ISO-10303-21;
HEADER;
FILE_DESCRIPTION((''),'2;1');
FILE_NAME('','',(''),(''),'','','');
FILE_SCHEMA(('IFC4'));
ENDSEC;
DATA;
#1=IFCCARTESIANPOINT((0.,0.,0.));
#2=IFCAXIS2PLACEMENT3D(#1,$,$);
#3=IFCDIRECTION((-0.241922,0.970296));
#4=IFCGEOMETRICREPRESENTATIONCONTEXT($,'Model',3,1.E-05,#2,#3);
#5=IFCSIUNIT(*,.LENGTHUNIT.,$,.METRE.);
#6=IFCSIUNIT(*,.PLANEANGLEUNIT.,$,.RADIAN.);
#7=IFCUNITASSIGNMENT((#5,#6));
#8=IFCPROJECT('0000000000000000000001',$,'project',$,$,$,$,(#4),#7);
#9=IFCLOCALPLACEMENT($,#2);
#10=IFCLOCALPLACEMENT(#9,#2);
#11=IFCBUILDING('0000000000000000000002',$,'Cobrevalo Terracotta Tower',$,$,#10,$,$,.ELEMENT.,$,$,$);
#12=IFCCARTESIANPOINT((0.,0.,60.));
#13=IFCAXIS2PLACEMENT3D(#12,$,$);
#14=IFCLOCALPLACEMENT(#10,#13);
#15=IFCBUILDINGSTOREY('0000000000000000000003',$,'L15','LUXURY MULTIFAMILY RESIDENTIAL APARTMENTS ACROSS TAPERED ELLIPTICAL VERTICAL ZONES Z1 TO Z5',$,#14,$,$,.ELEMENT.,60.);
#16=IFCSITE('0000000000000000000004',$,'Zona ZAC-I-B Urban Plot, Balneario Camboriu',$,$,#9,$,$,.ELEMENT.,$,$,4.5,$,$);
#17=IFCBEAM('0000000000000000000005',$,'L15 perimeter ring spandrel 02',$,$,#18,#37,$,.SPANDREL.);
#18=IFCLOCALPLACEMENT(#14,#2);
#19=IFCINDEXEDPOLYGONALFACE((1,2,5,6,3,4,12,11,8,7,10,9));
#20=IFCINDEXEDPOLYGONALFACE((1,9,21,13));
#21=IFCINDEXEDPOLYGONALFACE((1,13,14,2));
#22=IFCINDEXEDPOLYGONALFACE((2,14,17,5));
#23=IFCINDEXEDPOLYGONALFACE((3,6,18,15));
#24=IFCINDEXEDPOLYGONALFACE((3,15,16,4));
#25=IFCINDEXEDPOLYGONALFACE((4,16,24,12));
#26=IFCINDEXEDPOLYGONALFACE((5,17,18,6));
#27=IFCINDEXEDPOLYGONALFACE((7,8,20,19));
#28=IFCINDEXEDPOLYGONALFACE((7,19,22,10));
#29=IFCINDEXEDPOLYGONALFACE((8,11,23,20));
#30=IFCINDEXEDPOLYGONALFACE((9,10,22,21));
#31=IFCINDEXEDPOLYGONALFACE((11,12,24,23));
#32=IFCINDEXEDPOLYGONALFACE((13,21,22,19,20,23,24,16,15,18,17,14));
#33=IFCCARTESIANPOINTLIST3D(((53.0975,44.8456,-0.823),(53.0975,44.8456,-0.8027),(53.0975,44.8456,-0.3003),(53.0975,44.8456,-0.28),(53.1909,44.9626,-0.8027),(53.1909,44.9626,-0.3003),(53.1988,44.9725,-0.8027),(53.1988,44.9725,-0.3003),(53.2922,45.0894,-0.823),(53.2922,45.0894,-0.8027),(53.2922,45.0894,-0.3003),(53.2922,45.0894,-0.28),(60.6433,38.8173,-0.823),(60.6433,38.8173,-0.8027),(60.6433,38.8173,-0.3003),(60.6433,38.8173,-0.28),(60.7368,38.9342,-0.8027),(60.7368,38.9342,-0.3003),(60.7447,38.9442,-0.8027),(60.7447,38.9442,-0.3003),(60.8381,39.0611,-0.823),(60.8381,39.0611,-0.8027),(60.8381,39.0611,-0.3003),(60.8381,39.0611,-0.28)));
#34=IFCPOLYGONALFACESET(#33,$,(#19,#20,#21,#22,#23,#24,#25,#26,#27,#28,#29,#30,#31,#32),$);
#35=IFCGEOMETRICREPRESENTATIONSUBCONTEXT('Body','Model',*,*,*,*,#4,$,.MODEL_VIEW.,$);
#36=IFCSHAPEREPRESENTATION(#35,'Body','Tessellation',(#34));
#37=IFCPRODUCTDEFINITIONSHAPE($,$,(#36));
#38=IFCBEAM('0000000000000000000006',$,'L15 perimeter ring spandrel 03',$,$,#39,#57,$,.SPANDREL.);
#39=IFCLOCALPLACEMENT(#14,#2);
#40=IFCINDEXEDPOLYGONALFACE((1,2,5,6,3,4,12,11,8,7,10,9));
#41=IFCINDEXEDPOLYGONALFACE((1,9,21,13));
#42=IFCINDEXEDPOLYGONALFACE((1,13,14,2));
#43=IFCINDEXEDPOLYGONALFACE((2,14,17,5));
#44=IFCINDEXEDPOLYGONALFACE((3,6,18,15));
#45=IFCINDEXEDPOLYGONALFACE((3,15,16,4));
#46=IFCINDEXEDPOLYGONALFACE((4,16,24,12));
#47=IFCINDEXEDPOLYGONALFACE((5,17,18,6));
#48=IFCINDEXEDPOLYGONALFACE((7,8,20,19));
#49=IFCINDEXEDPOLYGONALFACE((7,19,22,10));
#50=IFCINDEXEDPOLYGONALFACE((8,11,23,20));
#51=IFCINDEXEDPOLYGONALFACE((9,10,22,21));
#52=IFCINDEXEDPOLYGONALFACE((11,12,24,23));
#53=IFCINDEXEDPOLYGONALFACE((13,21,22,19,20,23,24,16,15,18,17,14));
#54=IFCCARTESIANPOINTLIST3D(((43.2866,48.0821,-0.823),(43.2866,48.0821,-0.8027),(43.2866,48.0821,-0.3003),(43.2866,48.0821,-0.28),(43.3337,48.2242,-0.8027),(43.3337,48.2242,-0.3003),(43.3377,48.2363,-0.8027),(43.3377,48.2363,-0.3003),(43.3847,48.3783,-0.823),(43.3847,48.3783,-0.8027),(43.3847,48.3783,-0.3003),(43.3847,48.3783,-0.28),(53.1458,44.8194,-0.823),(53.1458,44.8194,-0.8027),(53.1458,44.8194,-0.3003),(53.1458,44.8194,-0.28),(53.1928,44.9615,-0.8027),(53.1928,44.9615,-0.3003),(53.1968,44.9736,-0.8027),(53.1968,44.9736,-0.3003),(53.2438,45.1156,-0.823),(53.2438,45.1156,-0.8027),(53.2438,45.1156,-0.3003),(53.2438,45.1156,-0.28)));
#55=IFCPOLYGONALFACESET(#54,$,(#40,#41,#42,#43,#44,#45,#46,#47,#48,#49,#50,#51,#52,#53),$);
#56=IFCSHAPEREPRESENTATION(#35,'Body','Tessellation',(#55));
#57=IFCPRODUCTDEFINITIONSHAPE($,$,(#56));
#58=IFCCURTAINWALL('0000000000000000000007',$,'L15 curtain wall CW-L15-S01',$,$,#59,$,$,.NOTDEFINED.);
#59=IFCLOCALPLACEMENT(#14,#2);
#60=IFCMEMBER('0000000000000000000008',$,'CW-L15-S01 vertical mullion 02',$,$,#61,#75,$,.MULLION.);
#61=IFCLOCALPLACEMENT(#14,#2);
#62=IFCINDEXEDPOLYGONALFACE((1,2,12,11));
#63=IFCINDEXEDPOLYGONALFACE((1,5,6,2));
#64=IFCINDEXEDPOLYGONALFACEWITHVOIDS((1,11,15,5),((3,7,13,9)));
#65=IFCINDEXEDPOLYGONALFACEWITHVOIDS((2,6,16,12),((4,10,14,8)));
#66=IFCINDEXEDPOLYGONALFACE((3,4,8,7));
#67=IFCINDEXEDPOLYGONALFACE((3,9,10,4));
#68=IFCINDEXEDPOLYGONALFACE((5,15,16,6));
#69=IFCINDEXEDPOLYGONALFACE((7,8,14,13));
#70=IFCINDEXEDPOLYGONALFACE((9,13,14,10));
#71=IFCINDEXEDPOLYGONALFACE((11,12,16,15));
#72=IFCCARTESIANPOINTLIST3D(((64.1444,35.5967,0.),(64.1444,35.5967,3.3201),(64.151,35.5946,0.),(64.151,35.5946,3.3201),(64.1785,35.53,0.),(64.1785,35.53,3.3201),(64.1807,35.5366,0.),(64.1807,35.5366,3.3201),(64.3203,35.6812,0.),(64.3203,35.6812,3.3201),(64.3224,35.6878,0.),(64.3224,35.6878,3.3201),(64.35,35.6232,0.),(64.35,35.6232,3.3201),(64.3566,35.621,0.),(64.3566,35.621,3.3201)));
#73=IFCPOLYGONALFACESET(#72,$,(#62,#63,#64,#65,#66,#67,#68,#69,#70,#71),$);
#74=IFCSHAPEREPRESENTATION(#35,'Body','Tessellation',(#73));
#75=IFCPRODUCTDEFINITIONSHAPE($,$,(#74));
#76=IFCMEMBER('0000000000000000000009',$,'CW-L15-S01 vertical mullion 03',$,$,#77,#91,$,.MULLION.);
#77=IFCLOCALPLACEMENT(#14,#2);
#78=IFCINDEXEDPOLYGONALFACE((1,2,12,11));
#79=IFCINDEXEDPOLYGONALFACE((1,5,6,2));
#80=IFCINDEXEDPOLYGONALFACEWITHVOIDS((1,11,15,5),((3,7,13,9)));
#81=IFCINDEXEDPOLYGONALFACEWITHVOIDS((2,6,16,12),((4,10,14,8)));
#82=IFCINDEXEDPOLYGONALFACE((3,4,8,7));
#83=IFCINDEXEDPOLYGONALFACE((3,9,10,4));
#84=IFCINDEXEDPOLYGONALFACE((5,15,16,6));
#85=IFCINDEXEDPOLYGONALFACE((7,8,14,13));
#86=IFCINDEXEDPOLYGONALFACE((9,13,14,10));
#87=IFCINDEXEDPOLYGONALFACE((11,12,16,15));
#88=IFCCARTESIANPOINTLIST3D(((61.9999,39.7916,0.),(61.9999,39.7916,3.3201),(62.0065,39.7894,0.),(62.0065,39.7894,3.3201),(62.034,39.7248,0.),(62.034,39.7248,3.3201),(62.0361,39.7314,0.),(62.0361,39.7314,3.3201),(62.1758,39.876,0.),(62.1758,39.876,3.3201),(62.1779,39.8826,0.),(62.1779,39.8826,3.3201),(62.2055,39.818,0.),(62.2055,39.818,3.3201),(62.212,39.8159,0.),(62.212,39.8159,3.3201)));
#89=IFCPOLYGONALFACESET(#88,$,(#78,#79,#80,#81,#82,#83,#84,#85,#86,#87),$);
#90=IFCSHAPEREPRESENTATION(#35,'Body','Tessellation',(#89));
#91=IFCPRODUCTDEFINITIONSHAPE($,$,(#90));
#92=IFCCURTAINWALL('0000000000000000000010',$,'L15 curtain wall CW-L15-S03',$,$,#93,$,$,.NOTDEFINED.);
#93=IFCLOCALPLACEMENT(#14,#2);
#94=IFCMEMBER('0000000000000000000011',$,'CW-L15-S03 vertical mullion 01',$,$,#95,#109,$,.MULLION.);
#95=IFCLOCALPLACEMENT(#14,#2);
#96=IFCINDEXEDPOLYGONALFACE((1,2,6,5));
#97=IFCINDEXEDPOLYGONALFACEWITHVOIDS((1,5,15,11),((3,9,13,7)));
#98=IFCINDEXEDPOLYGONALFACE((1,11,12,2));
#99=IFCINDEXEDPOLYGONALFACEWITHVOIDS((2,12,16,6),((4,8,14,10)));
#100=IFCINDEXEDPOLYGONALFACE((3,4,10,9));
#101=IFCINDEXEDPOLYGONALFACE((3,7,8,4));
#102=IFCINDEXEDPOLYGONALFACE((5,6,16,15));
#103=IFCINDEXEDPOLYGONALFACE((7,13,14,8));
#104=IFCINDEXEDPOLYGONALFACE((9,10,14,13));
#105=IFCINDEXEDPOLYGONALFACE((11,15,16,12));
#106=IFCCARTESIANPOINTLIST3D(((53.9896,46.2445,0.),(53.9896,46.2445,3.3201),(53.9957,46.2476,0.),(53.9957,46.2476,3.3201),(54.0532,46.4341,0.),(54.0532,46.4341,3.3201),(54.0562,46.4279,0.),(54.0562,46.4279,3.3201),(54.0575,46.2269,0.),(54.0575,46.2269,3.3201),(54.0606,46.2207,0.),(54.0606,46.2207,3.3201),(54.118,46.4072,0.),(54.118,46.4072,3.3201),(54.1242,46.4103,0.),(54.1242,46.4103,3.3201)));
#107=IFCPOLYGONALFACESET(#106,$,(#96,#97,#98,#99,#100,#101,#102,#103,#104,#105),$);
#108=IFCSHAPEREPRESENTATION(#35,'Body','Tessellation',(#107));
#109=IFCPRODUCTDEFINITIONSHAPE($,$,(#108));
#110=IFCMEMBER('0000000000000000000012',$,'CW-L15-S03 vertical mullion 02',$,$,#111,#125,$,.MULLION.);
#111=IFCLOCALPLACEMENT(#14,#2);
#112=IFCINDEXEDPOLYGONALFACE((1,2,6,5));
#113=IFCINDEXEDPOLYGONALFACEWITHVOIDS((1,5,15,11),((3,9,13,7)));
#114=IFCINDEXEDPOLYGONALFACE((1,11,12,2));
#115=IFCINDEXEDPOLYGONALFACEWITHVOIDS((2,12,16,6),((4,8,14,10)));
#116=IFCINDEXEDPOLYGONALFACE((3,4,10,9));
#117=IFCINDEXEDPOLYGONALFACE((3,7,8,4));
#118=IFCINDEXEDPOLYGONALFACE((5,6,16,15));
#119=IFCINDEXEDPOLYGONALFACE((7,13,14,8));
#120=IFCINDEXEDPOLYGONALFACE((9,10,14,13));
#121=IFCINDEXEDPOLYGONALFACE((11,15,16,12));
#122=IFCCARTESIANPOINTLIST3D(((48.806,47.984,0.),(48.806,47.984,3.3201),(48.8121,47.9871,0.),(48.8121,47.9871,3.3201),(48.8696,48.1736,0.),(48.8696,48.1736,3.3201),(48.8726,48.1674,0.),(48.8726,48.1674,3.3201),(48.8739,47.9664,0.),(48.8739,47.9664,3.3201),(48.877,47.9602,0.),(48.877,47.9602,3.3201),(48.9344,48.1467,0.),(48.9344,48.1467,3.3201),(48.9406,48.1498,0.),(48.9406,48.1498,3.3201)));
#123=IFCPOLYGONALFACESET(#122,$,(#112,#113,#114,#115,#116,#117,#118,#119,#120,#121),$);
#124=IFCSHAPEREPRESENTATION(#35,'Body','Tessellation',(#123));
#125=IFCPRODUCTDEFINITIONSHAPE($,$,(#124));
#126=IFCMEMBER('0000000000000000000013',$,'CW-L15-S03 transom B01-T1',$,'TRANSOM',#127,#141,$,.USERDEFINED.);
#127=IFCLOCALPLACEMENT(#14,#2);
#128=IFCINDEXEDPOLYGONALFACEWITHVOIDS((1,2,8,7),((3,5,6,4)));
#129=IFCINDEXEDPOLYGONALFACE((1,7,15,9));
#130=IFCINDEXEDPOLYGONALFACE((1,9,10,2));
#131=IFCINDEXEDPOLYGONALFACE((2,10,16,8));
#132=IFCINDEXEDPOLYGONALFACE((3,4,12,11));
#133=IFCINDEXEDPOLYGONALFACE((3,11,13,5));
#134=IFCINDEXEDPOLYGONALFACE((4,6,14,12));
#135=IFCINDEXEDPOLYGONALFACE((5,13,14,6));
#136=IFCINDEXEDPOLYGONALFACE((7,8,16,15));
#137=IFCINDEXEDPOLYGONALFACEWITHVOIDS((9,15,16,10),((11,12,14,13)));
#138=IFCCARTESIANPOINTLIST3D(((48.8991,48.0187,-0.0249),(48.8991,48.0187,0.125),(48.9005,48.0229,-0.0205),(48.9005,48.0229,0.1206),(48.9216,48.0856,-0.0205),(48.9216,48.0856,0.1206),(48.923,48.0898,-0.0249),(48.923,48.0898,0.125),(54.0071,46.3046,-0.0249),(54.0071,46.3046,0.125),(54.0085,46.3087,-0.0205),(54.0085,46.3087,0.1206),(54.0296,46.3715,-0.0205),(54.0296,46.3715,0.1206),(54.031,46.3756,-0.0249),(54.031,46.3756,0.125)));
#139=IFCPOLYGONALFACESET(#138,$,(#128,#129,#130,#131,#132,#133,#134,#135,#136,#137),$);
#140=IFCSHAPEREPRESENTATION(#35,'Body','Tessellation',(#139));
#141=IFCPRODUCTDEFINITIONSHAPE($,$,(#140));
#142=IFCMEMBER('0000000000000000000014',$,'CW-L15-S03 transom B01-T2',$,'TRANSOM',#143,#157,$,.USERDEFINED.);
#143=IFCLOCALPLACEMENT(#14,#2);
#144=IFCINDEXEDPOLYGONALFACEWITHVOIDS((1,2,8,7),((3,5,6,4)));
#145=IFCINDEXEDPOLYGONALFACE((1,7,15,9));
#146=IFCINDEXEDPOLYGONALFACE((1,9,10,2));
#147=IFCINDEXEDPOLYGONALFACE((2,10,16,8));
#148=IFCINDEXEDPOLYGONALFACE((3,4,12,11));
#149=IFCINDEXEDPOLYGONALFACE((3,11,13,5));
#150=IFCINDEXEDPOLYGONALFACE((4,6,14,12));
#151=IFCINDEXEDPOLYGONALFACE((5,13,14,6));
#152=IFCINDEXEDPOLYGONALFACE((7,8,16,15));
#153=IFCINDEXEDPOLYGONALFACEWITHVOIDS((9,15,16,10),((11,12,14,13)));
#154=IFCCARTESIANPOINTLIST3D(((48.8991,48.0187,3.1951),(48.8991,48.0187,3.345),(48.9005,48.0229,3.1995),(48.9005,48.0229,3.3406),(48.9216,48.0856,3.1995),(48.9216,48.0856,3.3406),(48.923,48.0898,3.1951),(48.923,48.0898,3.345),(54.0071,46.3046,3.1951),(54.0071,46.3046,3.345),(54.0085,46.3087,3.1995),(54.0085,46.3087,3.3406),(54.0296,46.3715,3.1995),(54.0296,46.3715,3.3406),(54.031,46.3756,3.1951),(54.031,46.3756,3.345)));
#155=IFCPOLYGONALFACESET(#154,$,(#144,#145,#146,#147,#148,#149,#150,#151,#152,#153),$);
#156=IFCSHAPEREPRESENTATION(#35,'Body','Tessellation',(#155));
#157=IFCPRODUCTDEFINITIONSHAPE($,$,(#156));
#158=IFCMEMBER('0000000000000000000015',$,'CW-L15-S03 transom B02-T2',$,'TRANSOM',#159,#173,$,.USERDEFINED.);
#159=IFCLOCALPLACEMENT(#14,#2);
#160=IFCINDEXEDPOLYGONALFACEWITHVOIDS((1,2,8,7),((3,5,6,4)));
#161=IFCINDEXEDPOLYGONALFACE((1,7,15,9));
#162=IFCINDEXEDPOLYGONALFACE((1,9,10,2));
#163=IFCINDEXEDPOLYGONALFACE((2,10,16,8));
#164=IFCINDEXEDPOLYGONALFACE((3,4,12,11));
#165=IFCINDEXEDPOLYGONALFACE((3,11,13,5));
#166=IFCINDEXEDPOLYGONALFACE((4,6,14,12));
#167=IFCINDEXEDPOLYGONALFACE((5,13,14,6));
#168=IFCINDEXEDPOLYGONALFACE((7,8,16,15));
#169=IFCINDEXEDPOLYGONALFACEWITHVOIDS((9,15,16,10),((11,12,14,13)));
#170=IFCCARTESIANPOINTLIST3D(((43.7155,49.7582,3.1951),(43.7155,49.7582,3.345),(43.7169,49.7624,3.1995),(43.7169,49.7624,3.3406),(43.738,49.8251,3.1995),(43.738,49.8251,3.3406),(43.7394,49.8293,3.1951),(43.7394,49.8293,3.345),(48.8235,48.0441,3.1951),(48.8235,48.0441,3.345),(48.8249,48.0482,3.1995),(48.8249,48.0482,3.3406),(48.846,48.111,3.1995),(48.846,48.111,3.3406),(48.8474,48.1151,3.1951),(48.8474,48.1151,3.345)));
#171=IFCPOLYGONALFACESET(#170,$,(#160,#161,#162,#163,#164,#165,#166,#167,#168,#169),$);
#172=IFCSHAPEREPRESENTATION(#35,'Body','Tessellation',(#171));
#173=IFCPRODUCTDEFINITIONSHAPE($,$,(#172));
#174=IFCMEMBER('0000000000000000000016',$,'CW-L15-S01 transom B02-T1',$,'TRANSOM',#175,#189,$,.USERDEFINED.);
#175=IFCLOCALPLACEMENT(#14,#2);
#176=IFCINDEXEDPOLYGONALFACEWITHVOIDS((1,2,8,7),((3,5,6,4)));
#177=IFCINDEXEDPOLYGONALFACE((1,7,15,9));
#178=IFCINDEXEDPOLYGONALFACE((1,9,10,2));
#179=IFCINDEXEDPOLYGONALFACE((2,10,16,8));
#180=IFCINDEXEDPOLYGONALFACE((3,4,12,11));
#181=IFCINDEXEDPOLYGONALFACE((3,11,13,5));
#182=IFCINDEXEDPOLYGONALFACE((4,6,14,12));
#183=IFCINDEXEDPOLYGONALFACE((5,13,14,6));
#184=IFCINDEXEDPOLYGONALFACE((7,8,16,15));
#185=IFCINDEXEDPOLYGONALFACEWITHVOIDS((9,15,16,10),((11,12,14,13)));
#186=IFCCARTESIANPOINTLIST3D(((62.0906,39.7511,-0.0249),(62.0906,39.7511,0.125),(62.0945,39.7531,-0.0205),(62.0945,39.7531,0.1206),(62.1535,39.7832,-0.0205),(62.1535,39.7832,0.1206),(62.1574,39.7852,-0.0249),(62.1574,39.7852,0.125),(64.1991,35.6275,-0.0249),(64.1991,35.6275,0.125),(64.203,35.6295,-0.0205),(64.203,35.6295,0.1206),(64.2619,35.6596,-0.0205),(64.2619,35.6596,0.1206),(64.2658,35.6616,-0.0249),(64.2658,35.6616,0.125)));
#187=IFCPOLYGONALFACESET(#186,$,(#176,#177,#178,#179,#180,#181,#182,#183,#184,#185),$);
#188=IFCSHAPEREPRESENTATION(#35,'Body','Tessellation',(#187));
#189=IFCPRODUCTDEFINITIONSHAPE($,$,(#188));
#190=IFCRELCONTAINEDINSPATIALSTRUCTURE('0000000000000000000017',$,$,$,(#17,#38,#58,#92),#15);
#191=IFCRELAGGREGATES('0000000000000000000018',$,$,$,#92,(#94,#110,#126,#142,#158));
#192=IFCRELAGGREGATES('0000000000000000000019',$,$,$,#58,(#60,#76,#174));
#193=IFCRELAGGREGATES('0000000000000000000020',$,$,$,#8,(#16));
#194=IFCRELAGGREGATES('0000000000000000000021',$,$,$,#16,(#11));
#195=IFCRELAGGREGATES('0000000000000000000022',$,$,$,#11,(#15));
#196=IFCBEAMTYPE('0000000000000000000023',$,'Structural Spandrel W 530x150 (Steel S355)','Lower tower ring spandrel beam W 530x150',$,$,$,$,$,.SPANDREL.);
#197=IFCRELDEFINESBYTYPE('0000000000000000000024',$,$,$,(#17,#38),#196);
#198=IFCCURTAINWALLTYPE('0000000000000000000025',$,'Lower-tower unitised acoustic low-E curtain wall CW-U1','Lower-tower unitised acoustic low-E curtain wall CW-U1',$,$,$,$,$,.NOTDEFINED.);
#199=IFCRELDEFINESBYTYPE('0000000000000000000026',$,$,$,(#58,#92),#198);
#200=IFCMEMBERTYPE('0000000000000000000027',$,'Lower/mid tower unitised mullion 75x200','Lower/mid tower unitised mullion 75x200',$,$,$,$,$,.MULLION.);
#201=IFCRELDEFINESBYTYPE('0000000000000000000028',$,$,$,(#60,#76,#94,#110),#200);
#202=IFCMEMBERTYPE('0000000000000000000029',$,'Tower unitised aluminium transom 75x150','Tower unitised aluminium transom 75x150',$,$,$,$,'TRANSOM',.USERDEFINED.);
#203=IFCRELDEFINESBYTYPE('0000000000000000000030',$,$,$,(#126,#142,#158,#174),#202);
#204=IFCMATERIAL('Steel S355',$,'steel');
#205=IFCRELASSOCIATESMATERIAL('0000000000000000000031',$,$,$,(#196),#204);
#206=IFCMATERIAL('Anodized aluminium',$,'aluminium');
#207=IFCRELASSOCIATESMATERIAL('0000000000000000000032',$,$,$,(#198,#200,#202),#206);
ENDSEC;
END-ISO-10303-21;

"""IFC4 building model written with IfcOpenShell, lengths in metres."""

from ifc_helpers import new_model, si_unit, direction, frame, origin, origin_2d, place, context, subcontext, project, spatial, hollow_rectangle, i_section, extrude, source, transform, mapped, material, material_profile, profile_set, type_object, element, aggregate, save


model = new_model("IFC4")

# Units and contexts
model_context = context("Model", 3, precision=1e-05, world=origin(), true_north=direction((-0.241922, 0.970296)))
body_context = subcontext(model_context, "Body", "Model", "MODEL_VIEW")
ifc_project = project(units=[si_unit("LENGTHUNIT", "METRE"), si_unit("PLANEANGLEUNIT", "RADIAN")], contexts=[model_context])

# Site, building, storey
site_placement = place(None, origin())
site = spatial("IfcSite", under=ifc_project, at=site_placement, Name="Zona ZAC-I-B Urban Plot, Balneario Camboriu", CompositionType="ELEMENT", RefElevation=4.5)
building_placement = place(site_placement, origin())
building = spatial("IfcBuilding", under=site, at=building_placement, Name="Cobrevalo Terracotta Tower", CompositionType="ELEMENT")
storey_placement = place(building_placement, frame((0.0, 0.0, 60.0)))
storey = spatial("IfcBuildingStorey", under=building, at=storey_placement, Name="L15", Description="LUXURY MULTIFAMILY RESIDENTIAL APARTMENTS ACROSS TAPERED ELLIPTICAL VERTICAL ZONES Z1 TO Z5", CompositionType="ELEMENT", Elevation=60.0)

# Shared definitions
ifc_material_1 = material(Name="Steel S355", Category="steel")

# Beams
ifc_material_profile_1 = material_profile(ifc_material_1, i_section(OverallWidth=0.312, OverallDepth=0.543, WebThickness=0.0127, FlangeThickness=0.0203, at=origin_2d()), Name="W 530x150")
ifc_profile_set_1 = profile_set([ifc_material_profile_1], Name="Steel S355")
beam_type_1 = type_object("IfcBeamType", Name="Structural Spandrel W 530x150 (Steel S355)", Description="Lower tower ring spandrel beam W 530x150", PredefinedType="SPANDREL", material=ifc_profile_set_1)
beam_1_placement = place(storey_placement, frame((60.7407, 38.9392, -0.5515), z_axis=(-0.781293, 0.624165, 0.0), x_axis=(-0.624165, -0.781293, 0.0)))
element("IfcBeam", 1, at=beam_1_placement, inside=storey, type_object=beam_type_1, Name="L15 perimeter ring spandrel 02", PredefinedType="SPANDREL", context=body_context, shape_type="SweptSolid", body=[
    extrude(i_section(OverallWidth=0.312, OverallDepth=0.543, WebThickness=0.0127, FlangeThickness=0.0203, at=origin_2d()), origin(), (0.0, 0.0, 1.0), 9.6582),
])
beam_2_placement = place(storey_placement, frame((53.1948, 44.9675, -0.5515), z_axis=(-0.949365, 0.314175, 0.0), x_axis=(-0.314175, -0.949365, 0.0)))
element("IfcBeam", 2, at=beam_2_placement, inside=storey, type_object=beam_type_1, Name="L15 perimeter ring spandrel 03", PredefinedType="SPANDREL", context=body_context, shape_type="SweptSolid", body=[
    extrude(i_section(OverallWidth=0.312, OverallDepth=0.543, WebThickness=0.0127, FlangeThickness=0.0203, at=origin_2d()), origin(), (0.0, 0.0, 1.0), 10.385),
])

# Curtain walls, members
ifc_material_2 = material(Name="Anodized aluminium", Category="aluminium")
curtain_wall_type = type_object("IfcCurtainWallType", Name="Lower-tower unitised acoustic low-E curtain wall CW-U1", Description="Lower-tower unitised acoustic low-E curtain wall CW-U1", PredefinedType="NOTDEFINED", material=ifc_material_2)
curtain_wall_1_placement = place(storey_placement, origin())
curtain_wall_1 = element("IfcCurtainWall", 3, at=curtain_wall_1_placement, inside=storey, type_object=curtain_wall_type, Name="L15 curtain wall CW-L15-S01", PredefinedType="NOTDEFINED")
ifc_material_profile_2 = material_profile(ifc_material_2, hollow_rectangle(XDim=0.075, YDim=0.2, WallThickness=0.0049, at=origin_2d()), Name="CWM 75x200")
ifc_profile_set_2 = profile_set([ifc_material_profile_2], Name="Anodized aluminium")
member_type_1 = type_object("IfcMemberType", Name="Lower/mid tower unitised mullion 75x200", Description="Lower/mid tower unitised mullion 75x200", PredefinedType="MULLION", material=ifc_profile_set_2)
shared_shape_1 = source(origin(), body_context, "Body", "SweptSolid", [
    extrude(hollow_rectangle(XDim=0.075, YDim=0.2, WallThickness=0.0049, at=origin_2d()), origin(), (0.0, 0.0, 1.0), 3.3201),
])
member_1_placement = place(storey_placement, frame((64.2505, 35.6089, 0.0), z_axis=(0.0, 0.0, 1.0), x_axis=(-0.455234, 0.890372, 0.0)))
member_1 = element("IfcMember", 4, at=member_1_placement, type_object=member_type_1, Name="CW-L15-S01 vertical mullion 02", PredefinedType="MULLION", context=body_context, shape_type="MappedRepresentation", body=[
    mapped(shared_shape_1, transform((0.0, 0.0, 0.0), scale=1.0)),
])
member_2_placement = place(storey_placement, frame((62.106, 39.8037, 0.0), z_axis=(0.0, 0.0, 1.0), x_axis=(-0.455234, 0.890372, 0.0)))
member_2 = element("IfcMember", 5, at=member_2_placement, type_object=member_type_1, Name="CW-L15-S01 vertical mullion 03", PredefinedType="MULLION", context=body_context, shape_type="MappedRepresentation", body=[
    mapped(shared_shape_1, transform((0.0, 0.0, 0.0), scale=1.0)),
])
curtain_wall_2_placement = place(storey_placement, origin())
curtain_wall_2 = element("IfcCurtainWall", 6, at=curtain_wall_2_placement, inside=storey, type_object=curtain_wall_type, Name="L15 curtain wall CW-L15-S03", PredefinedType="NOTDEFINED")
member_3_placement = place(storey_placement, frame((54.0569, 46.3274, 0.0), z_axis=(0.0, 0.0, 1.0), x_axis=(-0.948046, 0.318132, 0.0)))
member_3 = element("IfcMember", 7, at=member_3_placement, type_object=member_type_1, Name="CW-L15-S03 vertical mullion 01", PredefinedType="MULLION", context=body_context, shape_type="MappedRepresentation", body=[
    mapped(shared_shape_1, transform((0.0, 0.0, 0.0), scale=1.0)),
])
member_4_placement = place(storey_placement, frame((48.8733, 48.0669, 0.0), z_axis=(0.0, 0.0, 1.0), x_axis=(-0.948046, 0.318132, 0.0)))
member_4 = element("IfcMember", 8, at=member_4_placement, type_object=member_type_1, Name="CW-L15-S03 vertical mullion 02", PredefinedType="MULLION", context=body_context, shape_type="MappedRepresentation", body=[
    mapped(shared_shape_1, transform((0.0, 0.0, 0.0), scale=1.0)),
])
ifc_material_profile_3 = material_profile(ifc_material_2, hollow_rectangle(XDim=0.075, YDim=0.1499, WallThickness=0.0044, at=origin_2d()), Name="CWT 75x150")
ifc_profile_set_3 = profile_set([ifc_material_profile_3], Name="Anodized aluminium")
member_type_2 = type_object("IfcMemberType", Name="Tower unitised aluminium transom 75x150", Description="Tower unitised aluminium transom 75x150", ElementType="TRANSOM", PredefinedType="USERDEFINED", material=ifc_profile_set_3)
shared_shape_2 = source(origin(), body_context, "Body", "SweptSolid", [
    extrude(hollow_rectangle(XDim=0.075, YDim=0.1499, WallThickness=0.0044, at=origin_2d()), origin(), (0.0, 0.0, 1.0), 5.3879),
])
member_5_placement = place(storey_placement, frame((54.019, 46.3401, 0.05), z_axis=(-0.948042, 0.318144, 0.0), x_axis=(-0.318144, -0.948042, 0.0)))
member_5 = element("IfcMember", 9, at=member_5_placement, type_object=member_type_2, Name="CW-L15-S03 transom B01-T1", ObjectType="TRANSOM", PredefinedType="USERDEFINED", context=body_context, shape_type="MappedRepresentation", body=[
    mapped(shared_shape_2, transform((0.0, 0.0, 0.0), scale=1.0)),
])
member_6_placement = place(storey_placement, frame((54.019, 46.3401, 3.27), z_axis=(-0.948042, 0.318144, 0.0), x_axis=(-0.318144, -0.948042, 0.0)))
member_6 = element("IfcMember", 10, at=member_6_placement, type_object=member_type_2, Name="CW-L15-S03 transom B01-T2", ObjectType="TRANSOM", PredefinedType="USERDEFINED", context=body_context, shape_type="MappedRepresentation", body=[
    mapped(shared_shape_2, transform((0.0, 0.0, 0.0), scale=1.0)),
])
member_7_placement = place(storey_placement, frame((48.8354, 48.0796, 3.27), z_axis=(-0.948042, 0.318144, 0.0), x_axis=(-0.318144, -0.948042, 0.0)))
member_7 = element("IfcMember", 11, at=member_7_placement, type_object=member_type_2, Name="CW-L15-S03 transom B02-T2", ObjectType="TRANSOM", PredefinedType="USERDEFINED", context=body_context, shape_type="MappedRepresentation", body=[
    mapped(shared_shape_2, transform((0.0, 0.0, 0.0), scale=1.0)),
])

# Member
shared_shape_3 = source(origin(), body_context, "Body", "SweptSolid", [
    extrude(hollow_rectangle(XDim=0.075, YDim=0.1499, WallThickness=0.0044, at=origin_2d()), origin(), (0.0, 0.0, 1.0), 4.6313),
])
member_8_placement = place(storey_placement, frame((64.2324, 35.6445, 0.05), z_axis=(-0.45525, 0.890363, 0.0), x_axis=(-0.890363, -0.45525, 0.0)))
member_8 = element("IfcMember", 12, at=member_8_placement, type_object=member_type_2, Name="CW-L15-S01 transom B02-T1", ObjectType="TRANSOM", PredefinedType="USERDEFINED", context=body_context, shape_type="MappedRepresentation", body=[
    mapped(shared_shape_3, transform((0.0, 0.0, 0.0), scale=1.0)),
])

aggregate(curtain_wall_2, [member_3, member_4, member_5, member_6, member_7])
aggregate(curtain_wall_1, [member_1, member_2, member_8])

save(model, "model.ifc")
